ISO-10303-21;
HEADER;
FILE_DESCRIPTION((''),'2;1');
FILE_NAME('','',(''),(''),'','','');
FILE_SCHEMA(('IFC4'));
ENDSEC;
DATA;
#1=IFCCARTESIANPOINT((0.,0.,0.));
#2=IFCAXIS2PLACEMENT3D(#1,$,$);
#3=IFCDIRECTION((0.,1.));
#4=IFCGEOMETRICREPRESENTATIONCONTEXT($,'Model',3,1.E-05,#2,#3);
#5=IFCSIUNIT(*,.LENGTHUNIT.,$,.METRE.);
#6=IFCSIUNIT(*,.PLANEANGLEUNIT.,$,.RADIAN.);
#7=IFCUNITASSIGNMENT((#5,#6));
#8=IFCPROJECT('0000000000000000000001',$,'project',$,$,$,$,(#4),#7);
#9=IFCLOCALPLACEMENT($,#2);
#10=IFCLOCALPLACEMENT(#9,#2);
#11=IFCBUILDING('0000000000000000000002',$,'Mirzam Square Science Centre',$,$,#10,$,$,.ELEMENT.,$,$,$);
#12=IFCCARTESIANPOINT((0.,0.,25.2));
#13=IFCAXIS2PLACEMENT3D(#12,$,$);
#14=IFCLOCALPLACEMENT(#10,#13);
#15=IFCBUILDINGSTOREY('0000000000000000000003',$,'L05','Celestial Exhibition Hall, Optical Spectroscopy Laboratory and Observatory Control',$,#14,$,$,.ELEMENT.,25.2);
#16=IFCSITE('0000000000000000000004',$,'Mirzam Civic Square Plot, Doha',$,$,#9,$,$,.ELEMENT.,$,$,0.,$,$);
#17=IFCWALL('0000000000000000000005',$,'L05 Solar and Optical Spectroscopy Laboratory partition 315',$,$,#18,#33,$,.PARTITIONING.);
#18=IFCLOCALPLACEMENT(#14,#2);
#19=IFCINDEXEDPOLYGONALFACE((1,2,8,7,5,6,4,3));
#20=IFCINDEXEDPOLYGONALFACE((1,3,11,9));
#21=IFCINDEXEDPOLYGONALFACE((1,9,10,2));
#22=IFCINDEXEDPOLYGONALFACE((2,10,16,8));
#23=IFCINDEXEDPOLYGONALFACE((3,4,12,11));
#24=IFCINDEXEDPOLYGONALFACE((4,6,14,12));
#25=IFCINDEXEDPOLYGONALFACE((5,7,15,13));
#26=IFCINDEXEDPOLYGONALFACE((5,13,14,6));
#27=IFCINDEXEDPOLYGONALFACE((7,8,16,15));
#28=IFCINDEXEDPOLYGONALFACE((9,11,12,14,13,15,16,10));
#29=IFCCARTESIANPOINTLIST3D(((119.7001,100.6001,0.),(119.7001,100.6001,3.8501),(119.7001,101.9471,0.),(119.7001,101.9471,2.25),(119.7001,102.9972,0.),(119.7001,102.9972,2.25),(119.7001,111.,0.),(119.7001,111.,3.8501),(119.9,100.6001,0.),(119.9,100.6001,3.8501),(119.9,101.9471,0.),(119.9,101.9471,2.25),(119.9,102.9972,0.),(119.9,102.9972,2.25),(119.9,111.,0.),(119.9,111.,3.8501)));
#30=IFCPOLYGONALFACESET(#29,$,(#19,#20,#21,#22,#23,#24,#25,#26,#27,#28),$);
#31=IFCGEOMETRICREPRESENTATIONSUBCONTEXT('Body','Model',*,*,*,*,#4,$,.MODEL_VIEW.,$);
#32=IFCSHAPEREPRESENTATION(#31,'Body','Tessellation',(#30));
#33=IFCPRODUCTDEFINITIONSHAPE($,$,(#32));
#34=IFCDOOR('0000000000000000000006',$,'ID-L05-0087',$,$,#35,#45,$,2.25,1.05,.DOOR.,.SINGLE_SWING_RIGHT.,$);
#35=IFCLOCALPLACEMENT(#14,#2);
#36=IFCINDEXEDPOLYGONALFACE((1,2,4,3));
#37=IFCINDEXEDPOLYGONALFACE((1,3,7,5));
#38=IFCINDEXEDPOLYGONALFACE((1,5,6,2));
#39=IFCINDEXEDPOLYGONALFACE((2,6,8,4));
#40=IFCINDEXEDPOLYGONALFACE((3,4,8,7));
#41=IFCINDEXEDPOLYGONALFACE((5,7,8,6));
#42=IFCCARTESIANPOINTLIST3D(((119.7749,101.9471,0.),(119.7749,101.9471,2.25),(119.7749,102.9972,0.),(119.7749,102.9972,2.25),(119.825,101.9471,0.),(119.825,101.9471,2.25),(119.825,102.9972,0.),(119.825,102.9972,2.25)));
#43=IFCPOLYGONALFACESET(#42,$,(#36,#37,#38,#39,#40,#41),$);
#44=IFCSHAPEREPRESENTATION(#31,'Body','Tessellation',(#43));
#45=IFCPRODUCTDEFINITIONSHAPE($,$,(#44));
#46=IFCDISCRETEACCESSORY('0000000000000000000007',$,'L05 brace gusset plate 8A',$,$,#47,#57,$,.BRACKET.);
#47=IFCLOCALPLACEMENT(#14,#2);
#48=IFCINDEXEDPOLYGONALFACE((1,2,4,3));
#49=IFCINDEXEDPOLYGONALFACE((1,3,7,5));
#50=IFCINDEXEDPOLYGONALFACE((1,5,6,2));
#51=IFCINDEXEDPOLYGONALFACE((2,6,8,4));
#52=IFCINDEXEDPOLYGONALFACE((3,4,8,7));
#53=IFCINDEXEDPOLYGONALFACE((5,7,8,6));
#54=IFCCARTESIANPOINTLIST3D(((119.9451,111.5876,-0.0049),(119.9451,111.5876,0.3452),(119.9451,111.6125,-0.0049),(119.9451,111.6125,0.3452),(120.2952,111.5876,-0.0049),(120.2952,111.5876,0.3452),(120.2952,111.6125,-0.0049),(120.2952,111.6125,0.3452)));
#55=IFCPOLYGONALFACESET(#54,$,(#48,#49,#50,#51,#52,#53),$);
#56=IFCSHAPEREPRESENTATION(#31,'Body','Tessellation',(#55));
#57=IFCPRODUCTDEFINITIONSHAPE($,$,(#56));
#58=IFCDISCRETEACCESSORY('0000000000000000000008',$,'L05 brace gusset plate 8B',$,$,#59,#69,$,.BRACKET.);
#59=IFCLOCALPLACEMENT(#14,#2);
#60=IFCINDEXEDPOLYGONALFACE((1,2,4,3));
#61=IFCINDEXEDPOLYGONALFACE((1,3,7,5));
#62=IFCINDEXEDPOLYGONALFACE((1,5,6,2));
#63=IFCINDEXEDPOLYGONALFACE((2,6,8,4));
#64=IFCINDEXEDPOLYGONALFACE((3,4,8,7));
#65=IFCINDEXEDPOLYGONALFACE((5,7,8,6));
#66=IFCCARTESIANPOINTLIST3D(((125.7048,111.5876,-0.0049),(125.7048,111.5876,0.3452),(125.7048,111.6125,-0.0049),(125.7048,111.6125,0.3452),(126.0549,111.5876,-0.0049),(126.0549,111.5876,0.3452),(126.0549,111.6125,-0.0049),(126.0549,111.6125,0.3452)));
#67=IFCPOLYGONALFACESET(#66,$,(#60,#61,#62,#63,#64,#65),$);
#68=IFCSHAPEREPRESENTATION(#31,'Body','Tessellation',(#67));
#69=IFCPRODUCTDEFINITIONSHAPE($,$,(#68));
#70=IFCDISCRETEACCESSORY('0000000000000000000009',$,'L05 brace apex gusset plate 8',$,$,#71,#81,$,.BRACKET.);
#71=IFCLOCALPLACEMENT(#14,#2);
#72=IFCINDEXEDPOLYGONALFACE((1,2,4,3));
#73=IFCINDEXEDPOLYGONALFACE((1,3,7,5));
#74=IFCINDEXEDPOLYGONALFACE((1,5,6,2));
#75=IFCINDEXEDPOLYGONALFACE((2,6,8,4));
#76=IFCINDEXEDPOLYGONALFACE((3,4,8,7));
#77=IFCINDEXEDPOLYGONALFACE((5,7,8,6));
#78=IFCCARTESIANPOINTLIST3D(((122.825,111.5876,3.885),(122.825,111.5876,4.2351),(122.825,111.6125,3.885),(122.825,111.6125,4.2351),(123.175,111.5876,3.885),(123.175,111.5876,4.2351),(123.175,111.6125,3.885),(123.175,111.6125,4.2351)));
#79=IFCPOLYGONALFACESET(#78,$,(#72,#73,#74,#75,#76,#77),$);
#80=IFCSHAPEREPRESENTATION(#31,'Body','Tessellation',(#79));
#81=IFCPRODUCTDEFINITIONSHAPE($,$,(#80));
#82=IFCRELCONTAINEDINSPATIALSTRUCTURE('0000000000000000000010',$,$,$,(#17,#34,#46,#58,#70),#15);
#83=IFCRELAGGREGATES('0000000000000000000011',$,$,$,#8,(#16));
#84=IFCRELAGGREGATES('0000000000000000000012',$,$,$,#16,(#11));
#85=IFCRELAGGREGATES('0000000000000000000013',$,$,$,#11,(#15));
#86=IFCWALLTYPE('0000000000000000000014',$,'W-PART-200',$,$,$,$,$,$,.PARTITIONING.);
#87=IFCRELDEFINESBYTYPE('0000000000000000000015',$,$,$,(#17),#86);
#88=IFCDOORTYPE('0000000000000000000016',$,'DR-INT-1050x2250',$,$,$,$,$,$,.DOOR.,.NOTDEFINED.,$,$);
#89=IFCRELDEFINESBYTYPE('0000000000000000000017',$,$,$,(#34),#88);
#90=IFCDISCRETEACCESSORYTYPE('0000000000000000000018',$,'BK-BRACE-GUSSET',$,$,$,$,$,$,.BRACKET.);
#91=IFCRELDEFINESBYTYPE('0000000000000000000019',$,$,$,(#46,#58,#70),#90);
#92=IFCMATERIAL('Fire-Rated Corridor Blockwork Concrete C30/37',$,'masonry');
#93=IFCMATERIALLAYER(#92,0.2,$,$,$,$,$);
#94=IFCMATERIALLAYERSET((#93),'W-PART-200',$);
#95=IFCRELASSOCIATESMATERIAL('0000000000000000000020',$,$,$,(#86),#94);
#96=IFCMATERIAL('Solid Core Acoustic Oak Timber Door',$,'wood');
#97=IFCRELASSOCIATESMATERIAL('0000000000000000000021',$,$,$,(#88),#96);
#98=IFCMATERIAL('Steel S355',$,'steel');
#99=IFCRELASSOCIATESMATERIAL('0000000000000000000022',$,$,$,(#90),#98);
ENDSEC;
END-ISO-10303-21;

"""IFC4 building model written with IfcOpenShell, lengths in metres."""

from ifc_helpers import new_model, si_unit, direction, frame, frame_2d, origin, origin_2d, place, context, subcontext, project, spatial, rectangle, extrude, material, layer, layer_set, type_object, element, fill, save


model = new_model("IFC4")

# Units and contexts
model_context = context("Model", 3, precision=1e-05, world=origin(), true_north=direction((0.0, 1.0)))
body_context = subcontext(model_context, "Body", "Model", "MODEL_VIEW")
ifc_project = project(units=[si_unit("LENGTHUNIT", "METRE"), si_unit("PLANEANGLEUNIT", "RADIAN")], contexts=[model_context])

# Site, building, storey
site_placement = place(None, origin())
site = spatial("IfcSite", under=ifc_project, at=site_placement, Name="Mirzam Civic Square Plot, Doha", CompositionType="ELEMENT", RefElevation=0.0)
building_placement = place(site_placement, origin())
building = spatial("IfcBuilding", under=site, at=building_placement, Name="Mirzam Square Science Centre", CompositionType="ELEMENT")
storey_placement = place(building_placement, frame((0.0, 0.0, 25.2)))
storey = spatial("IfcBuildingStorey", under=building, at=storey_placement, Name="L05", Description="Celestial Exhibition Hall, Optical Spectroscopy Laboratory and Observatory Control", CompositionType="ELEMENT", Elevation=25.2)

# Shared definitions
ifc_material_1 = material(Name="Steel S355", Category="steel")

# Wall, opening, door
ifc_material_2 = material(Name="Fire-Rated Corridor Blockwork Concrete C30/37", Category="masonry")
ifc_layer_1 = layer(ifc_material_2, 0.2)
ifc_layer_set_1 = layer_set([ifc_layer_1], Name="W-PART-200")
wall_type_1 = type_object("IfcWallType", Name="W-PART-200", PredefinedType="PARTITIONING", material=ifc_layer_set_1)
wall_1_placement = place(storey_placement, frame((119.8, 111.0, 0.0), z_axis=(0.0, 0.0, 1.0), x_axis=(0.0, -1.0, 0.0)))
wall_1 = element("IfcWall", 1, at=wall_1_placement, inside=storey, type_object=wall_type_1, Name="L05 Solar and Optical Spectroscopy Laboratory partition 315", PredefinedType="PARTITIONING", context=body_context, shape_type="SweptSolid", body=[
    extrude(rectangle(XDim=10.3999, YDim=0.2, at=frame_2d((5.2, 0.0))), origin(), (0.0, 0.0, 1.0), 3.8501),
])
opening_1_placement = place(wall_1_placement, frame((8.0029, 0.0, 0.0)))
opening_1 = element("IfcOpeningElement", 2, at=opening_1_placement, cuts=wall_1, PredefinedType="OPENING", context=body_context, shape_type="SweptSolid", body=[
    extrude(rectangle(XDim=1.05, YDim=2.25, at=frame_2d((0.5249, 1.125))), frame((0.0, 0.1099, 0.0), z_axis=(0.0, -1.0, 0.0), x_axis=(1.0, 0.0, 0.0)), (0.0, 0.0, 1.0), 0.22),
])
ifc_material_3 = material(Name="Solid Core Acoustic Oak Timber Door", Category="wood")
door_type_1 = type_object("IfcDoorType", Name="DR-INT-1050x2250", OperationType="NOTDEFINED", PredefinedType="DOOR", material=ifc_material_3)
door_1_placement = place(opening_1_placement, origin())
door_1 = element("IfcDoor", 3, at=door_1_placement, inside=storey, type_object=door_type_1, Name="ID-L05-0087", OperationType="SINGLE_SWING_RIGHT", OverallHeight=2.25, OverallWidth=1.05, PredefinedType="DOOR", context=body_context, shape_type="SweptSolid", body=[
    extrude(rectangle(XDim=1.05, YDim=2.25, at=frame_2d((0.5249, 1.125))), frame((0.0, 0.0249, 0.0), z_axis=(0.0, -1.0, 0.0), x_axis=(1.0, 0.0, 0.0)), (0.0, 0.0, 1.0), 0.05),
])
fill(opening_1, door_1)

# Discrete accessories
discrete_accessory_type = type_object("IfcDiscreteAccessoryType", Name="BK-BRACE-GUSSET", PredefinedType="BRACKET", material=ifc_material_1)
for number, where, z_axis, x_axis, name in (
    (4, (120.1201, 111.6001, -0.0049), (0.0, 0.0, 1.0), (1.0, 0.0, 0.0), "L05 brace gusset plate 8A"),
    (5, (125.8799, 111.6001, -0.0049), (0.0, 0.0, 1.0), (1.0, 0.0, 0.0), "L05 brace gusset plate 8B"),
    (6, (123.0, 111.6001, 3.885), (0.0, 0.0, 1.0), (1.0, 0.0, 0.0), "L05 brace apex gusset plate 8"),
):
    element("IfcDiscreteAccessory", number, at=place(storey_placement, frame(where, z_axis=z_axis, x_axis=x_axis)), inside=storey, type_object=discrete_accessory_type, Name=name, PredefinedType="BRACKET", context=body_context, shape_type="SweptSolid", body=[
        extrude(rectangle(XDim=0.3501, YDim=0.0249, at=origin_2d()), origin(), (0.0, 0.0, 1.0), 0.3501),
    ])

save(model, "model.ifc")
